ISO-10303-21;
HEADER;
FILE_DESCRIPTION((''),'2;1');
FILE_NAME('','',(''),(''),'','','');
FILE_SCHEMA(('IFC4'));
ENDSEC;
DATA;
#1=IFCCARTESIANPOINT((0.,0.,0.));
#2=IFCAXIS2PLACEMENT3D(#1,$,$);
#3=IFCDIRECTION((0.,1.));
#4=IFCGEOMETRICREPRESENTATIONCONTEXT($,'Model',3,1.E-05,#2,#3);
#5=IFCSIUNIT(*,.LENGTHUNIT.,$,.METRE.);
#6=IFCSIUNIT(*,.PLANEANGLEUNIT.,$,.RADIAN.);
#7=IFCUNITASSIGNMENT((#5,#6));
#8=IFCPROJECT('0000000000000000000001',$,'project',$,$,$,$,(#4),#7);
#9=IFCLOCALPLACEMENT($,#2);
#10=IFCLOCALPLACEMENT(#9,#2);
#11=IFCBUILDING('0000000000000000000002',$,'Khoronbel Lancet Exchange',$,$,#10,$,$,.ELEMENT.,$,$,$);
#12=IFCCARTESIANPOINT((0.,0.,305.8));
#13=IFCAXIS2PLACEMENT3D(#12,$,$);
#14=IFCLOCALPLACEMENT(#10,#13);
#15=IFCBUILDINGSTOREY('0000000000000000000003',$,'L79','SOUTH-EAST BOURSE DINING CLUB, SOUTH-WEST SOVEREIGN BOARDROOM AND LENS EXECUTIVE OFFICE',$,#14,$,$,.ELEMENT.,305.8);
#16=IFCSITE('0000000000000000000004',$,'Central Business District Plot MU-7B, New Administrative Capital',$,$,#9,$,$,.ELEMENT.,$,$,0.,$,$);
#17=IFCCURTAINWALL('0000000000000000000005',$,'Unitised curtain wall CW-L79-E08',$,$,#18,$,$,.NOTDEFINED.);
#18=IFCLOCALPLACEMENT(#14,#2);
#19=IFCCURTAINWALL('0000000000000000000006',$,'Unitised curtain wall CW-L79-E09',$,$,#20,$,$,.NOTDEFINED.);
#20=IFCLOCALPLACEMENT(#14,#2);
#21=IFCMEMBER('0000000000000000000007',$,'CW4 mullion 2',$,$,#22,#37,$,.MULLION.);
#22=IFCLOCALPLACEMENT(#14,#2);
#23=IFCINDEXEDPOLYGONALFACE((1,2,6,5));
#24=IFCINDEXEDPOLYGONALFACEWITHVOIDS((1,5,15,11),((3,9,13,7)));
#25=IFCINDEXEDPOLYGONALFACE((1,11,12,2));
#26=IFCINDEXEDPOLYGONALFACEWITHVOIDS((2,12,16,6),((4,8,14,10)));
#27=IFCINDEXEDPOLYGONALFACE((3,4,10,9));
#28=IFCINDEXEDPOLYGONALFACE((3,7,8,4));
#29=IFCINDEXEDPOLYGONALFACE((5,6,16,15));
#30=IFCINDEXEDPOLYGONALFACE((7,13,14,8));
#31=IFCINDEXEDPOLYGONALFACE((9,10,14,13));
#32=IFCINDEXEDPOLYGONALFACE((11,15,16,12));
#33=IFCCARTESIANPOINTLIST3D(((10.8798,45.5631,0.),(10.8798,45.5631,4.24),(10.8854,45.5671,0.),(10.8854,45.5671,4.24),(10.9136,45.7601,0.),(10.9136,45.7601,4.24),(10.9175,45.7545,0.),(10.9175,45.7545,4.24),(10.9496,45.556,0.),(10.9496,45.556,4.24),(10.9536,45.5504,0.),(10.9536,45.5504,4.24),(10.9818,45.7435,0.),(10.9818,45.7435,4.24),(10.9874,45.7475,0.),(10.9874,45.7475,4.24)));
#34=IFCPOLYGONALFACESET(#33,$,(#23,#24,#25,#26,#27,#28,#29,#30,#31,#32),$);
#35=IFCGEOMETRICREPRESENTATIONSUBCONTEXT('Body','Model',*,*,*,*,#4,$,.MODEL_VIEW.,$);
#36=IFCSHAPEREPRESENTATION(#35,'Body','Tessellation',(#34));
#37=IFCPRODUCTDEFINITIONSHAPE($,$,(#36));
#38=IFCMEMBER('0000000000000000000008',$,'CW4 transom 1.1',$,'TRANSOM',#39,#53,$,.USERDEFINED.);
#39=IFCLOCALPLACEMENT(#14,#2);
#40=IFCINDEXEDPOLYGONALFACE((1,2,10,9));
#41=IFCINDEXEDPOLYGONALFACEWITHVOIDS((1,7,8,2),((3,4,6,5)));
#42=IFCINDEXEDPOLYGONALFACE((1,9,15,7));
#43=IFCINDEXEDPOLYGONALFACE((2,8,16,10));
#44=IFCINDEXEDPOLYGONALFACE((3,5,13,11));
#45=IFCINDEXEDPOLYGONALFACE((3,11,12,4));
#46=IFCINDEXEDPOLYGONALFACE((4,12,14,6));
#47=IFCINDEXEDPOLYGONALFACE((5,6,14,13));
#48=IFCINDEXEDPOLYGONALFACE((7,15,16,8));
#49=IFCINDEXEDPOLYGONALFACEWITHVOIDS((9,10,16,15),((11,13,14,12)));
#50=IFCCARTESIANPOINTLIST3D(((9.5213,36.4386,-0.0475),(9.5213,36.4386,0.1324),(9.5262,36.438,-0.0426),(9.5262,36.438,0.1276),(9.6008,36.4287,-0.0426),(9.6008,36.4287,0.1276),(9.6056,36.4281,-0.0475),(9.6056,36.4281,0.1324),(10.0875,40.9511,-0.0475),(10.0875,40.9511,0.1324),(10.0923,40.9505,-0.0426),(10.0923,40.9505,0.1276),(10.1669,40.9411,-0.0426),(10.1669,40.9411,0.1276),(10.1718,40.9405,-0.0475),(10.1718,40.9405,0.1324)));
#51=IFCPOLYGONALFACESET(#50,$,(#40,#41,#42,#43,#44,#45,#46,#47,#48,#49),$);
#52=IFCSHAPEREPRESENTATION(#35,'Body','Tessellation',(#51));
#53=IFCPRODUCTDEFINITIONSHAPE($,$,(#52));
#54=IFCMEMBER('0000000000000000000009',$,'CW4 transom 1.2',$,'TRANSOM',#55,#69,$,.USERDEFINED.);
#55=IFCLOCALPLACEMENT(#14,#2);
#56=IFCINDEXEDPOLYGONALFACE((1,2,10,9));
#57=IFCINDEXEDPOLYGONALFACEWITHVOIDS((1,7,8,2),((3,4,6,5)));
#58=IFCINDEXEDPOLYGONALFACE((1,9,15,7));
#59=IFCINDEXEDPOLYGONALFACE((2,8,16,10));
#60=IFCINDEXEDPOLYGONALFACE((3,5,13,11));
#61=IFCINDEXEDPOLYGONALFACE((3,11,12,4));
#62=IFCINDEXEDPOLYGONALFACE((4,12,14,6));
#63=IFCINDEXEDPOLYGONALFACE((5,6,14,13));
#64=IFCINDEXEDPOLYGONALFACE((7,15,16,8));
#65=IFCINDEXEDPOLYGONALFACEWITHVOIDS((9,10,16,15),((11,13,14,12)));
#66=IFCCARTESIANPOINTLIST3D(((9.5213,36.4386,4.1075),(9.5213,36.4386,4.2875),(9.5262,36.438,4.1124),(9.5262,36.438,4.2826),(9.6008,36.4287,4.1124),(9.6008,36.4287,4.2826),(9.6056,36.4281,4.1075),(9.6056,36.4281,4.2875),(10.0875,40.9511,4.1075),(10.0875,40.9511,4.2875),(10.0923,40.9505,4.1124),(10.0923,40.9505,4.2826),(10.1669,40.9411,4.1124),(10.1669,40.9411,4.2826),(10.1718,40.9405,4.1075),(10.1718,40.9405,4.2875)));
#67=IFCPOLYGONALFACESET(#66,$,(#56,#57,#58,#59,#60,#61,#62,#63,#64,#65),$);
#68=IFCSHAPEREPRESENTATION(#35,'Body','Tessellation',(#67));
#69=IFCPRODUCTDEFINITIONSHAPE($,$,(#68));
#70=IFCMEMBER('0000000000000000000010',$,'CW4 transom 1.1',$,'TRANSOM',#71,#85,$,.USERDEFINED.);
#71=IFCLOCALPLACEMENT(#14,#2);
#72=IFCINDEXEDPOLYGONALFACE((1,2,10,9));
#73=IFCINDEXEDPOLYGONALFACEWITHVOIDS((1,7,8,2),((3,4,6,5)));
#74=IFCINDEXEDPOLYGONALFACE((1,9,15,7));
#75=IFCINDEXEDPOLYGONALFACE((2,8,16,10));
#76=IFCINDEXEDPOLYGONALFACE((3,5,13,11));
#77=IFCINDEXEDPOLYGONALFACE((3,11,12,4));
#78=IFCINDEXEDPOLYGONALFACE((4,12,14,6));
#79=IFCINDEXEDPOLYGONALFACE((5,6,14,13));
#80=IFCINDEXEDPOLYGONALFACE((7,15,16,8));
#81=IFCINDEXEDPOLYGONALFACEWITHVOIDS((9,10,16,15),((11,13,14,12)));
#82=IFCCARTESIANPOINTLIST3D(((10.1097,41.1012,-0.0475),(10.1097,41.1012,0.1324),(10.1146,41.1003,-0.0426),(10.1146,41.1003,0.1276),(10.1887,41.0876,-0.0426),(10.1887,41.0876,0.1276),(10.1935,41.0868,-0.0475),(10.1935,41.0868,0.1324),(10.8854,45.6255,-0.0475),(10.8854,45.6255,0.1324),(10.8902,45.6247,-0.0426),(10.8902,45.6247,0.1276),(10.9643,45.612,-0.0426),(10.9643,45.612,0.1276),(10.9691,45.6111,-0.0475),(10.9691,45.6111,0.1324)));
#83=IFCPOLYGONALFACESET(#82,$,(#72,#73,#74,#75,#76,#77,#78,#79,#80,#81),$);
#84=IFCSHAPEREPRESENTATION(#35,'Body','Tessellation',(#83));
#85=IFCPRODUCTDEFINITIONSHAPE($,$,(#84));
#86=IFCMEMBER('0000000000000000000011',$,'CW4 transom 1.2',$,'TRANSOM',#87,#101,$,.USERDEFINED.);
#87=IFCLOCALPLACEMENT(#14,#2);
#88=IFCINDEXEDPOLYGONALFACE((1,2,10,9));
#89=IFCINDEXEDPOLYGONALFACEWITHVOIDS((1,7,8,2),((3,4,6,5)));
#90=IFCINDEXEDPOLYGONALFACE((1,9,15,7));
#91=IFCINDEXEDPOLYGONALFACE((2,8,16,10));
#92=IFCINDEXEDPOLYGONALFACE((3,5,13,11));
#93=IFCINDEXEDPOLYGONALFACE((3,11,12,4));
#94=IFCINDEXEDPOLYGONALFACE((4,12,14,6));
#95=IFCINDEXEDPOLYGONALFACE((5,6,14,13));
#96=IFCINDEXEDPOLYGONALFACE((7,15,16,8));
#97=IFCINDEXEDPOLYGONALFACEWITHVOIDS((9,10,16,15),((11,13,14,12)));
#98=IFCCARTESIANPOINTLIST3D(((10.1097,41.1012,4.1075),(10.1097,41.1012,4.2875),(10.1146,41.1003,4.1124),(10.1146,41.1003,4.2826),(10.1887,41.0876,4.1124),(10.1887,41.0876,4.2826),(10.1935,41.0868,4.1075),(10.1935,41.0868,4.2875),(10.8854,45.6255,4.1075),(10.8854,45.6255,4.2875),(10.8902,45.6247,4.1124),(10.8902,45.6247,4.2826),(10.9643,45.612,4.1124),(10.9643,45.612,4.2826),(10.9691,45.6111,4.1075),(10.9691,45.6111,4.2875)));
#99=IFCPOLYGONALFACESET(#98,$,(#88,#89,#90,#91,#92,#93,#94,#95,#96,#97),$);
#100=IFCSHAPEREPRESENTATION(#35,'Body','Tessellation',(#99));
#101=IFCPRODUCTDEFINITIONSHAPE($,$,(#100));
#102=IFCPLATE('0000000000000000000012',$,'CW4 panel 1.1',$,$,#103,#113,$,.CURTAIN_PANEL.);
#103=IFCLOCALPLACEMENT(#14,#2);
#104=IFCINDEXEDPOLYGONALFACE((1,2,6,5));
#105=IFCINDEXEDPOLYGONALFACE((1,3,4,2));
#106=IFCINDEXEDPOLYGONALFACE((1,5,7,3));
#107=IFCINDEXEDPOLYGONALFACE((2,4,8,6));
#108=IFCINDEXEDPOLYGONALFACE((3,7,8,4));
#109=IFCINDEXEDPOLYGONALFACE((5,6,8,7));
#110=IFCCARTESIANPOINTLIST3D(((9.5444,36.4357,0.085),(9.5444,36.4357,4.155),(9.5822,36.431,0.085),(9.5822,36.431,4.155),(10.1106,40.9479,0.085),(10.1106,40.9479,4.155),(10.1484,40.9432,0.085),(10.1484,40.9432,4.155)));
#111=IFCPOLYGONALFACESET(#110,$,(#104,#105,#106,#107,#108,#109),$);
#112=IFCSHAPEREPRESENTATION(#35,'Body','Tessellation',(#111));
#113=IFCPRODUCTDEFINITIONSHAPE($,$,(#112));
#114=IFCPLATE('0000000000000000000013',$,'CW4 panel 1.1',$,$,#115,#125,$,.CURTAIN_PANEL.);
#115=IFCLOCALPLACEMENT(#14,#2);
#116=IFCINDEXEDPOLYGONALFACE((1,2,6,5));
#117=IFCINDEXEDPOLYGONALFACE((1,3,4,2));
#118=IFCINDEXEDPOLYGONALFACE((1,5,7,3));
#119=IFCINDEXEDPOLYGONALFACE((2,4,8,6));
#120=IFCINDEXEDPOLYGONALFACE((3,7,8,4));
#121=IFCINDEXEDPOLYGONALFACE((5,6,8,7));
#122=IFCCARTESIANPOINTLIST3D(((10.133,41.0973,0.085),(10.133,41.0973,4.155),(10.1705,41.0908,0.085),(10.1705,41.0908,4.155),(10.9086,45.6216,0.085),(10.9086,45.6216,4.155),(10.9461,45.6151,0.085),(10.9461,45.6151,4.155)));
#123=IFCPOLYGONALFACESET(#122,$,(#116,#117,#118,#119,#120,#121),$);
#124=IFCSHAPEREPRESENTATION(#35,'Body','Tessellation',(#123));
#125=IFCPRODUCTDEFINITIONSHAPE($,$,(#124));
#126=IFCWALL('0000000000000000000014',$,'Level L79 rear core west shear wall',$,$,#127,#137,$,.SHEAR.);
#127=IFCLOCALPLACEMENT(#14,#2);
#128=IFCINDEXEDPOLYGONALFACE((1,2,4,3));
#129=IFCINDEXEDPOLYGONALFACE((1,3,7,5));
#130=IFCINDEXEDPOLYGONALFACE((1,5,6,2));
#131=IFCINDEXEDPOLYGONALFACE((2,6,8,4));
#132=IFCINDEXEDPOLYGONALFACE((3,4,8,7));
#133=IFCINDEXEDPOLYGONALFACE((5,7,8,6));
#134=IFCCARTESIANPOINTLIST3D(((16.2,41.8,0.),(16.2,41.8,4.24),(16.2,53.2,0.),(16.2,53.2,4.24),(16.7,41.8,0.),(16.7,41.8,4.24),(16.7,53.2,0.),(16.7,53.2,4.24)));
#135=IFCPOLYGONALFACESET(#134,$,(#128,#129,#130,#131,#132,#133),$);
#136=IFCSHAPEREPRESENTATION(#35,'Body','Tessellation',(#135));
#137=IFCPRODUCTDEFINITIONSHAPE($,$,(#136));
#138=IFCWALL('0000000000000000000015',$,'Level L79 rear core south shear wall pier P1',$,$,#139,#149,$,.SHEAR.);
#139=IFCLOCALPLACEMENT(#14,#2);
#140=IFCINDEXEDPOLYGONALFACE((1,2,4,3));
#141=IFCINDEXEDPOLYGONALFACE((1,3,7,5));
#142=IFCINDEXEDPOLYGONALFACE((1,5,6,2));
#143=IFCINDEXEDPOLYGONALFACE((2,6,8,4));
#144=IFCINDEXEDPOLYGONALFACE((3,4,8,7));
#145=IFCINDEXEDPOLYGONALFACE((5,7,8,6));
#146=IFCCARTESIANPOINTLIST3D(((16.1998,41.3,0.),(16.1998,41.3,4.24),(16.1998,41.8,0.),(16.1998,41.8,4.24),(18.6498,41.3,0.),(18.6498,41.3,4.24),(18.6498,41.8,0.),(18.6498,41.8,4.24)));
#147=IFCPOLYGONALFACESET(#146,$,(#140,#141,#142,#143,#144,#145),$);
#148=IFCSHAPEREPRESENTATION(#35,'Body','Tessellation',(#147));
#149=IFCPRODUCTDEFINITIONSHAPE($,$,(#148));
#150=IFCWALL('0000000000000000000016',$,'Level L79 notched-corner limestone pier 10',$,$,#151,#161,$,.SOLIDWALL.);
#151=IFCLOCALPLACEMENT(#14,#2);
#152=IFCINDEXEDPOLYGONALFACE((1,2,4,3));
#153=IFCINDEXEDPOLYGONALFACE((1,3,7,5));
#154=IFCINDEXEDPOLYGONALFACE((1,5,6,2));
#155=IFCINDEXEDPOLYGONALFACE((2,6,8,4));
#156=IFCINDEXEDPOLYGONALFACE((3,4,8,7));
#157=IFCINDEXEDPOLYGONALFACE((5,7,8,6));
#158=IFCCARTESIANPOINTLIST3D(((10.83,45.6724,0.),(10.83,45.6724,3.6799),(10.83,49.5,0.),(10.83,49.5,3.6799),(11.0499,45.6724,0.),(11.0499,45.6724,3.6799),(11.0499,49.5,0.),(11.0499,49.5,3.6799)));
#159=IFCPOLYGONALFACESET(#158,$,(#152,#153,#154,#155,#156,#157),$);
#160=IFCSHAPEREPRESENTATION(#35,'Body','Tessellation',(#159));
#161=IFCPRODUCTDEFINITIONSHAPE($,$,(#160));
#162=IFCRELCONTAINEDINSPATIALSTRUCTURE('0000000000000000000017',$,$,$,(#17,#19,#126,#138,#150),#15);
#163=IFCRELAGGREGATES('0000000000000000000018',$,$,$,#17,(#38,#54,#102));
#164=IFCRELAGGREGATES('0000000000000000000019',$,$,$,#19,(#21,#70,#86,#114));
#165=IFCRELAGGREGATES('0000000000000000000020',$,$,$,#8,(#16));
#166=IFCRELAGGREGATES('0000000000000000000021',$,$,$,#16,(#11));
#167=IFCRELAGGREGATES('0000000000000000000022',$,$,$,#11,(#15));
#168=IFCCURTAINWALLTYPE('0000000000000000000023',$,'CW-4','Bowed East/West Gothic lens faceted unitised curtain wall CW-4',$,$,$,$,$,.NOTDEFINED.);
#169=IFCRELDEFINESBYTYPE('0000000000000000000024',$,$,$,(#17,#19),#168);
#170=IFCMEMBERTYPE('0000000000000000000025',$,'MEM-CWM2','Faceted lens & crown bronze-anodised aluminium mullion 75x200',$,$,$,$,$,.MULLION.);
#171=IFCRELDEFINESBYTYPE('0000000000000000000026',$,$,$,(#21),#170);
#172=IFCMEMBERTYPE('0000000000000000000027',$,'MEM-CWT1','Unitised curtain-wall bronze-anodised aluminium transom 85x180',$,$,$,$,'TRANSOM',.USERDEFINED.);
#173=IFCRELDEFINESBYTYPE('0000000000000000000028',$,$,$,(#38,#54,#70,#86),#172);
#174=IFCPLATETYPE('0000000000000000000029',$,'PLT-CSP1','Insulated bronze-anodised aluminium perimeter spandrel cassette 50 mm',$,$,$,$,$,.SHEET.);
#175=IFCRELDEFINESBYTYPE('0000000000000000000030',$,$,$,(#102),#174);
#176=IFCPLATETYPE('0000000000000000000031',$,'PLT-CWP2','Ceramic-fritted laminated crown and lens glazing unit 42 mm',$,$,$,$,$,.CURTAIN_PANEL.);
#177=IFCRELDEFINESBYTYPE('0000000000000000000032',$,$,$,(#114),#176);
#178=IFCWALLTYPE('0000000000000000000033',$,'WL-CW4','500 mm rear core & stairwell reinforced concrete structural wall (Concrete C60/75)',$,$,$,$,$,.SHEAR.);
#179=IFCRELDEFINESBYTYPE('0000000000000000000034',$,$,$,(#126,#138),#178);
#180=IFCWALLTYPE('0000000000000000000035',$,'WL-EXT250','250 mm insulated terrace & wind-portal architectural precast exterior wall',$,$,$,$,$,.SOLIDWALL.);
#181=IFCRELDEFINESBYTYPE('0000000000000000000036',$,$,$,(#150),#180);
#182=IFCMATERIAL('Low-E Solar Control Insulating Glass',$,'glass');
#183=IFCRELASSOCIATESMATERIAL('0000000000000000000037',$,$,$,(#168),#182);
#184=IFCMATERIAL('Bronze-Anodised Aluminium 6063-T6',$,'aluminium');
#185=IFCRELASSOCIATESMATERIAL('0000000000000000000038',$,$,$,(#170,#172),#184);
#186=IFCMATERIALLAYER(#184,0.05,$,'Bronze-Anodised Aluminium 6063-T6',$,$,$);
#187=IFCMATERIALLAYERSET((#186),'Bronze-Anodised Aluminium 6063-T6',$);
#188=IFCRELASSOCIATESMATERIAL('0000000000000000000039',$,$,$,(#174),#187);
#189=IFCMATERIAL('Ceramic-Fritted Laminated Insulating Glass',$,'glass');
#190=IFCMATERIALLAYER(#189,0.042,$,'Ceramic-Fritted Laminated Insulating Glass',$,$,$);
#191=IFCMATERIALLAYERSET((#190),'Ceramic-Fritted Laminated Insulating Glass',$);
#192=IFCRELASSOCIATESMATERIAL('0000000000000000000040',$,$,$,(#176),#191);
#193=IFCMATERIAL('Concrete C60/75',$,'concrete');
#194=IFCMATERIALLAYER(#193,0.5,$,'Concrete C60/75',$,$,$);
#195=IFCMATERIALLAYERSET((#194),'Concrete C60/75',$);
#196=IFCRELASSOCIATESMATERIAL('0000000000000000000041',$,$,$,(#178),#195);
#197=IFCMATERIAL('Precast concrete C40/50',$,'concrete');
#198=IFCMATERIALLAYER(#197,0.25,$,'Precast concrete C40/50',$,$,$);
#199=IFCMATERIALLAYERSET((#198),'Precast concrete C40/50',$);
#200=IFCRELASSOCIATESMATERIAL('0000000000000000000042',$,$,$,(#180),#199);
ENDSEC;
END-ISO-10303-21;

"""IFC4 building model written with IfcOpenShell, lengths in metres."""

from ifc_helpers import new_model, si_unit, direction, frame, frame_2d, origin, origin_2d, place, context, subcontext, project, spatial, rectangle, hollow_rectangle, extrude, material, layer, layer_set, material_profile, profile_set, type_object, element, aggregate, save


model = new_model("IFC4")

# Units and contexts
model_context = context("Model", 3, precision=1e-05, world=origin(), true_north=direction((0.0, 1.0)))
body_context = subcontext(model_context, "Body", "Model", "MODEL_VIEW")
ifc_project = project(units=[si_unit("LENGTHUNIT", "METRE"), si_unit("PLANEANGLEUNIT", "RADIAN")], contexts=[model_context])

# Site, building, storey
site_placement = place(None, origin())
site = spatial("IfcSite", under=ifc_project, at=site_placement, Name="Central Business District Plot MU-7B, New Administrative Capital", CompositionType="ELEMENT", RefElevation=0.0)
building_placement = place(site_placement, origin())
building = spatial("IfcBuilding", under=site, at=building_placement, Name="Khoronbel Lancet Exchange", CompositionType="ELEMENT")
storey_placement = place(building_placement, frame((0.0, 0.0, 305.8)))
storey = spatial("IfcBuildingStorey", under=building, at=storey_placement, Name="L79", Description="SOUTH-EAST BOURSE DINING CLUB, SOUTH-WEST SOVEREIGN BOARDROOM AND LENS EXECUTIVE OFFICE", CompositionType="ELEMENT", Elevation=305.8)

# Shared definitions
ifc_material_1 = material(Name="Low-E Solar Control Insulating Glass", Category="glass")
curtain_wall_type = type_object("IfcCurtainWallType", Name="CW-4", Description="Bowed East/West Gothic lens faceted unitised curtain wall CW-4", PredefinedType="NOTDEFINED", material=ifc_material_1)
ifc_material_2 = material(Name="Bronze-Anodised Aluminium 6063-T6", Category="aluminium")
ifc_material_profile_1 = material_profile(ifc_material_2, hollow_rectangle(XDim=0.075, YDim=0.2, WallThickness=0.0049, at=origin_2d()), Name="ALU MULLION 75x200")
ifc_profile_set_1 = profile_set([ifc_material_profile_1], Name="Bronze-Anodised Aluminium 6063-T6")
member_type_1 = type_object("IfcMemberType", Name="MEM-CWM2", Description="Faceted lens & crown bronze-anodised aluminium mullion 75x200", PredefinedType="MULLION", material=ifc_profile_set_1)

# Curtain walls, member
curtain_wall_1_placement = place(storey_placement, origin())
curtain_wall_1 = element("IfcCurtainWall", 1, at=curtain_wall_1_placement, inside=storey, type_object=curtain_wall_type, Name="Unitised curtain wall CW-L79-E08", PredefinedType="NOTDEFINED")
curtain_wall_2_placement = place(storey_placement, origin())
curtain_wall_2 = element("IfcCurtainWall", 2, at=curtain_wall_2_placement, inside=storey, type_object=curtain_wall_type, Name="Unitised curtain wall CW-L79-E09", PredefinedType="NOTDEFINED")
member_1_placement = place(storey_placement, frame((10.9336, 45.6553, 0.0), z_axis=(0.0, 0.0, 1.0), x_axis=(-0.98562, 0.168974, 0.0)))
member_1 = element("IfcMember", 3, at=member_1_placement, type_object=member_type_1, Name="CW4 mullion 2", PredefinedType="MULLION", context=body_context, shape_type="SweptSolid", body=[
    extrude(hollow_rectangle(XDim=0.075, YDim=0.2, WallThickness=0.0049, at=origin_2d()), origin(), (0.0, 0.0, 1.0), 4.24),
])

# Members
ifc_material_profile_2 = material_profile(ifc_material_2, hollow_rectangle(XDim=0.085, YDim=0.1799, WallThickness=0.0049, at=origin_2d()), Name="ALU TRANSOM 85x180")
ifc_profile_set_2 = profile_set([ifc_material_profile_2], Name="Bronze-Anodised Aluminium 6063-T6")
member_type_2 = type_object("IfcMemberType", Name="MEM-CWT1", Description="Unitised curtain-wall bronze-anodised aluminium transom 85x180", ElementType="TRANSOM", PredefinedType="USERDEFINED", material=ifc_profile_set_2)
member_2_placement = place(storey_placement, frame((9.5635, 36.4333, 0.0425), z_axis=(0.124491, 0.992221, 0.0), x_axis=(-0.992221, 0.124491, 0.0)))
member_2 = element("IfcMember", 4, at=member_2_placement, type_object=member_type_2, Name="CW4 transom 1.1", ObjectType="TRANSOM", PredefinedType="USERDEFINED", context=body_context, shape_type="SweptSolid", body=[
    extrude(hollow_rectangle(XDim=0.085, YDim=0.1799, WallThickness=0.0049, at=origin_2d()), origin(), (0.0, 0.0, 1.0), 4.5479),
])
member_3_placement = place(storey_placement, frame((9.5635, 36.4333, 4.1975), z_axis=(0.124491, 0.992221, 0.0), x_axis=(-0.992221, 0.124491, 0.0)))
member_3 = element("IfcMember", 5, at=member_3_placement, type_object=member_type_2, Name="CW4 transom 1.2", ObjectType="TRANSOM", PredefinedType="USERDEFINED", context=body_context, shape_type="SweptSolid", body=[
    extrude(hollow_rectangle(XDim=0.085, YDim=0.1799, WallThickness=0.0049, at=origin_2d()), origin(), (0.0, 0.0, 1.0), 4.5479),
])
member_4_placement = place(storey_placement, frame((10.1516, 41.094, 0.0425), z_axis=(0.168968, 0.985621, 0.0), x_axis=(-0.985621, 0.168968, 0.0)))
member_4 = element("IfcMember", 6, at=member_4_placement, type_object=member_type_2, Name="CW4 transom 1.1", ObjectType="TRANSOM", PredefinedType="USERDEFINED", context=body_context, shape_type="SweptSolid", body=[
    extrude(hollow_rectangle(XDim=0.085, YDim=0.1799, WallThickness=0.0049, at=origin_2d()), origin(), (0.0, 0.0, 1.0), 4.5903),
])
member_5_placement = place(storey_placement, frame((10.1516, 41.094, 4.1975), z_axis=(0.168968, 0.985621, 0.0), x_axis=(-0.985621, 0.168968, 0.0)))
member_5 = element("IfcMember", 7, at=member_5_placement, type_object=member_type_2, Name="CW4 transom 1.2", ObjectType="TRANSOM", PredefinedType="USERDEFINED", context=body_context, shape_type="SweptSolid", body=[
    extrude(hollow_rectangle(XDim=0.085, YDim=0.1799, WallThickness=0.0049, at=origin_2d()), origin(), (0.0, 0.0, 1.0), 4.5903),
])

# Plates
ifc_layer_1 = layer(ifc_material_2, 0.05, Name="Bronze-Anodised Aluminium 6063-T6")
ifc_layer_set_1 = layer_set([ifc_layer_1], Name="Bronze-Anodised Aluminium 6063-T6")
plate_type_1 = type_object("IfcPlateType", Name="PLT-CSP1", Description="Insulated bronze-anodised aluminium perimeter spandrel cassette 50 mm", PredefinedType="SHEET", material=ifc_layer_set_1)
plate_1_placement = place(storey_placement, frame((9.8464, 38.6895, 0.085), z_axis=(0.0, 0.0, 1.0), x_axis=(0.124509, 0.992218, 0.0)))
plate_1 = element("IfcPlate", 8, at=plate_1_placement, type_object=plate_type_1, Name="CW4 panel 1.1", PredefinedType="CURTAIN_PANEL", context=body_context, shape_type="SweptSolid", body=[
    extrude(rectangle(XDim=4.5476, YDim=0.0381, at=origin_2d()), origin(), (0.0, 0.0, 1.0), 4.0701),
])
aggregate(curtain_wall_1, [member_2, member_3, plate_1])
ifc_material_3 = material(Name="Ceramic-Fritted Laminated Insulating Glass", Category="glass")
ifc_layer_2 = layer(ifc_material_3, 0.042, Name="Ceramic-Fritted Laminated Insulating Glass")
ifc_layer_set_2 = layer_set([ifc_layer_2], Name="Ceramic-Fritted Laminated Insulating Glass")
plate_type_2 = type_object("IfcPlateType", Name="PLT-CWP2", Description="Ceramic-fritted laminated crown and lens glazing unit 42 mm", PredefinedType="CURTAIN_PANEL", material=ifc_layer_set_2)
plate_2_placement = place(storey_placement, frame((10.5396, 43.3562, 0.085), z_axis=(0.0, 0.0, 1.0), x_axis=(0.168974, 0.98562, 0.0)))
plate_2 = element("IfcPlate", 9, at=plate_2_placement, type_object=plate_type_2, Name="CW4 panel 1.1", PredefinedType="CURTAIN_PANEL", context=body_context, shape_type="SweptSolid", body=[
    extrude(rectangle(XDim=4.5903, YDim=0.0381, at=origin_2d()), origin(), (0.0, 0.0, 1.0), 4.0701),
])
aggregate(curtain_wall_2, [member_1, member_4, member_5, plate_2])

# Walls
ifc_material_4 = material(Name="Concrete C60/75", Category="concrete")
ifc_layer_3 = layer(ifc_material_4, 0.5, Name="Concrete C60/75")
ifc_layer_set_3 = layer_set([ifc_layer_3], Name="Concrete C60/75")
wall_type_1 = type_object("IfcWallType", Name="WL-CW4", Description="500 mm rear core & stairwell reinforced concrete structural wall (Concrete C60/75)", PredefinedType="SHEAR", material=ifc_layer_set_3)
wall_1_placement = place(storey_placement, frame((16.45, 41.8, 0.0), z_axis=(0.0, 0.0, 1.0), x_axis=(0.0, 1.0, 0.0)))
element("IfcWall", 10, at=wall_1_placement, inside=storey, type_object=wall_type_1, Name="Level L79 rear core west shear wall", PredefinedType="SHEAR", context=body_context, shape_type="SweptSolid", body=[
    extrude(rectangle(XDim=11.3999, YDim=0.5, at=frame_2d((5.7, 0.0))), origin(), (0.0, 0.0, 1.0), 4.24),
])
wall_2_placement = place(storey_placement, frame((18.6499, 41.55, 0.0), z_axis=(0.0, 0.0, 1.0), x_axis=(-1.0, 0.0, 0.0)))
element("IfcWall", 11, at=wall_2_placement, inside=storey, type_object=wall_type_1, Name="Level L79 rear core south shear wall pier P1", PredefinedType="SHEAR", context=body_context, shape_type="SweptSolid", body=[
    extrude(rectangle(XDim=2.45, YDim=0.5, at=frame_2d((1.2251, 0.0))), origin(), (0.0, 0.0, 1.0), 4.24),
])
ifc_material_5 = material(Name="Precast concrete C40/50", Category="concrete")
ifc_layer_4 = layer(ifc_material_5, 0.25, Name="Precast concrete C40/50")
ifc_layer_set_4 = layer_set([ifc_layer_4], Name="Precast concrete C40/50")
wall_type_2 = type_object("IfcWallType", Name="WL-EXT250", Description="250 mm insulated terrace & wind-portal architectural precast exterior wall", PredefinedType="SOLIDWALL", material=ifc_layer_set_4)
wall_3_placement = place(storey_placement, frame((10.9399, 45.6724, 0.0), z_axis=(0.0, 0.0, 1.0), x_axis=(0.0, 1.0, 0.0)))
element("IfcWall", 12, at=wall_3_placement, inside=storey, type_object=wall_type_2, Name="Level L79 notched-corner limestone pier 10", PredefinedType="SOLIDWALL", context=body_context, shape_type="SweptSolid", body=[
    extrude(rectangle(XDim=3.8276, YDim=0.22, at=frame_2d((1.9138, 0.0))), origin(), (0.0, 0.0, 1.0), 3.6799),
])

save(model, "model.ifc")
